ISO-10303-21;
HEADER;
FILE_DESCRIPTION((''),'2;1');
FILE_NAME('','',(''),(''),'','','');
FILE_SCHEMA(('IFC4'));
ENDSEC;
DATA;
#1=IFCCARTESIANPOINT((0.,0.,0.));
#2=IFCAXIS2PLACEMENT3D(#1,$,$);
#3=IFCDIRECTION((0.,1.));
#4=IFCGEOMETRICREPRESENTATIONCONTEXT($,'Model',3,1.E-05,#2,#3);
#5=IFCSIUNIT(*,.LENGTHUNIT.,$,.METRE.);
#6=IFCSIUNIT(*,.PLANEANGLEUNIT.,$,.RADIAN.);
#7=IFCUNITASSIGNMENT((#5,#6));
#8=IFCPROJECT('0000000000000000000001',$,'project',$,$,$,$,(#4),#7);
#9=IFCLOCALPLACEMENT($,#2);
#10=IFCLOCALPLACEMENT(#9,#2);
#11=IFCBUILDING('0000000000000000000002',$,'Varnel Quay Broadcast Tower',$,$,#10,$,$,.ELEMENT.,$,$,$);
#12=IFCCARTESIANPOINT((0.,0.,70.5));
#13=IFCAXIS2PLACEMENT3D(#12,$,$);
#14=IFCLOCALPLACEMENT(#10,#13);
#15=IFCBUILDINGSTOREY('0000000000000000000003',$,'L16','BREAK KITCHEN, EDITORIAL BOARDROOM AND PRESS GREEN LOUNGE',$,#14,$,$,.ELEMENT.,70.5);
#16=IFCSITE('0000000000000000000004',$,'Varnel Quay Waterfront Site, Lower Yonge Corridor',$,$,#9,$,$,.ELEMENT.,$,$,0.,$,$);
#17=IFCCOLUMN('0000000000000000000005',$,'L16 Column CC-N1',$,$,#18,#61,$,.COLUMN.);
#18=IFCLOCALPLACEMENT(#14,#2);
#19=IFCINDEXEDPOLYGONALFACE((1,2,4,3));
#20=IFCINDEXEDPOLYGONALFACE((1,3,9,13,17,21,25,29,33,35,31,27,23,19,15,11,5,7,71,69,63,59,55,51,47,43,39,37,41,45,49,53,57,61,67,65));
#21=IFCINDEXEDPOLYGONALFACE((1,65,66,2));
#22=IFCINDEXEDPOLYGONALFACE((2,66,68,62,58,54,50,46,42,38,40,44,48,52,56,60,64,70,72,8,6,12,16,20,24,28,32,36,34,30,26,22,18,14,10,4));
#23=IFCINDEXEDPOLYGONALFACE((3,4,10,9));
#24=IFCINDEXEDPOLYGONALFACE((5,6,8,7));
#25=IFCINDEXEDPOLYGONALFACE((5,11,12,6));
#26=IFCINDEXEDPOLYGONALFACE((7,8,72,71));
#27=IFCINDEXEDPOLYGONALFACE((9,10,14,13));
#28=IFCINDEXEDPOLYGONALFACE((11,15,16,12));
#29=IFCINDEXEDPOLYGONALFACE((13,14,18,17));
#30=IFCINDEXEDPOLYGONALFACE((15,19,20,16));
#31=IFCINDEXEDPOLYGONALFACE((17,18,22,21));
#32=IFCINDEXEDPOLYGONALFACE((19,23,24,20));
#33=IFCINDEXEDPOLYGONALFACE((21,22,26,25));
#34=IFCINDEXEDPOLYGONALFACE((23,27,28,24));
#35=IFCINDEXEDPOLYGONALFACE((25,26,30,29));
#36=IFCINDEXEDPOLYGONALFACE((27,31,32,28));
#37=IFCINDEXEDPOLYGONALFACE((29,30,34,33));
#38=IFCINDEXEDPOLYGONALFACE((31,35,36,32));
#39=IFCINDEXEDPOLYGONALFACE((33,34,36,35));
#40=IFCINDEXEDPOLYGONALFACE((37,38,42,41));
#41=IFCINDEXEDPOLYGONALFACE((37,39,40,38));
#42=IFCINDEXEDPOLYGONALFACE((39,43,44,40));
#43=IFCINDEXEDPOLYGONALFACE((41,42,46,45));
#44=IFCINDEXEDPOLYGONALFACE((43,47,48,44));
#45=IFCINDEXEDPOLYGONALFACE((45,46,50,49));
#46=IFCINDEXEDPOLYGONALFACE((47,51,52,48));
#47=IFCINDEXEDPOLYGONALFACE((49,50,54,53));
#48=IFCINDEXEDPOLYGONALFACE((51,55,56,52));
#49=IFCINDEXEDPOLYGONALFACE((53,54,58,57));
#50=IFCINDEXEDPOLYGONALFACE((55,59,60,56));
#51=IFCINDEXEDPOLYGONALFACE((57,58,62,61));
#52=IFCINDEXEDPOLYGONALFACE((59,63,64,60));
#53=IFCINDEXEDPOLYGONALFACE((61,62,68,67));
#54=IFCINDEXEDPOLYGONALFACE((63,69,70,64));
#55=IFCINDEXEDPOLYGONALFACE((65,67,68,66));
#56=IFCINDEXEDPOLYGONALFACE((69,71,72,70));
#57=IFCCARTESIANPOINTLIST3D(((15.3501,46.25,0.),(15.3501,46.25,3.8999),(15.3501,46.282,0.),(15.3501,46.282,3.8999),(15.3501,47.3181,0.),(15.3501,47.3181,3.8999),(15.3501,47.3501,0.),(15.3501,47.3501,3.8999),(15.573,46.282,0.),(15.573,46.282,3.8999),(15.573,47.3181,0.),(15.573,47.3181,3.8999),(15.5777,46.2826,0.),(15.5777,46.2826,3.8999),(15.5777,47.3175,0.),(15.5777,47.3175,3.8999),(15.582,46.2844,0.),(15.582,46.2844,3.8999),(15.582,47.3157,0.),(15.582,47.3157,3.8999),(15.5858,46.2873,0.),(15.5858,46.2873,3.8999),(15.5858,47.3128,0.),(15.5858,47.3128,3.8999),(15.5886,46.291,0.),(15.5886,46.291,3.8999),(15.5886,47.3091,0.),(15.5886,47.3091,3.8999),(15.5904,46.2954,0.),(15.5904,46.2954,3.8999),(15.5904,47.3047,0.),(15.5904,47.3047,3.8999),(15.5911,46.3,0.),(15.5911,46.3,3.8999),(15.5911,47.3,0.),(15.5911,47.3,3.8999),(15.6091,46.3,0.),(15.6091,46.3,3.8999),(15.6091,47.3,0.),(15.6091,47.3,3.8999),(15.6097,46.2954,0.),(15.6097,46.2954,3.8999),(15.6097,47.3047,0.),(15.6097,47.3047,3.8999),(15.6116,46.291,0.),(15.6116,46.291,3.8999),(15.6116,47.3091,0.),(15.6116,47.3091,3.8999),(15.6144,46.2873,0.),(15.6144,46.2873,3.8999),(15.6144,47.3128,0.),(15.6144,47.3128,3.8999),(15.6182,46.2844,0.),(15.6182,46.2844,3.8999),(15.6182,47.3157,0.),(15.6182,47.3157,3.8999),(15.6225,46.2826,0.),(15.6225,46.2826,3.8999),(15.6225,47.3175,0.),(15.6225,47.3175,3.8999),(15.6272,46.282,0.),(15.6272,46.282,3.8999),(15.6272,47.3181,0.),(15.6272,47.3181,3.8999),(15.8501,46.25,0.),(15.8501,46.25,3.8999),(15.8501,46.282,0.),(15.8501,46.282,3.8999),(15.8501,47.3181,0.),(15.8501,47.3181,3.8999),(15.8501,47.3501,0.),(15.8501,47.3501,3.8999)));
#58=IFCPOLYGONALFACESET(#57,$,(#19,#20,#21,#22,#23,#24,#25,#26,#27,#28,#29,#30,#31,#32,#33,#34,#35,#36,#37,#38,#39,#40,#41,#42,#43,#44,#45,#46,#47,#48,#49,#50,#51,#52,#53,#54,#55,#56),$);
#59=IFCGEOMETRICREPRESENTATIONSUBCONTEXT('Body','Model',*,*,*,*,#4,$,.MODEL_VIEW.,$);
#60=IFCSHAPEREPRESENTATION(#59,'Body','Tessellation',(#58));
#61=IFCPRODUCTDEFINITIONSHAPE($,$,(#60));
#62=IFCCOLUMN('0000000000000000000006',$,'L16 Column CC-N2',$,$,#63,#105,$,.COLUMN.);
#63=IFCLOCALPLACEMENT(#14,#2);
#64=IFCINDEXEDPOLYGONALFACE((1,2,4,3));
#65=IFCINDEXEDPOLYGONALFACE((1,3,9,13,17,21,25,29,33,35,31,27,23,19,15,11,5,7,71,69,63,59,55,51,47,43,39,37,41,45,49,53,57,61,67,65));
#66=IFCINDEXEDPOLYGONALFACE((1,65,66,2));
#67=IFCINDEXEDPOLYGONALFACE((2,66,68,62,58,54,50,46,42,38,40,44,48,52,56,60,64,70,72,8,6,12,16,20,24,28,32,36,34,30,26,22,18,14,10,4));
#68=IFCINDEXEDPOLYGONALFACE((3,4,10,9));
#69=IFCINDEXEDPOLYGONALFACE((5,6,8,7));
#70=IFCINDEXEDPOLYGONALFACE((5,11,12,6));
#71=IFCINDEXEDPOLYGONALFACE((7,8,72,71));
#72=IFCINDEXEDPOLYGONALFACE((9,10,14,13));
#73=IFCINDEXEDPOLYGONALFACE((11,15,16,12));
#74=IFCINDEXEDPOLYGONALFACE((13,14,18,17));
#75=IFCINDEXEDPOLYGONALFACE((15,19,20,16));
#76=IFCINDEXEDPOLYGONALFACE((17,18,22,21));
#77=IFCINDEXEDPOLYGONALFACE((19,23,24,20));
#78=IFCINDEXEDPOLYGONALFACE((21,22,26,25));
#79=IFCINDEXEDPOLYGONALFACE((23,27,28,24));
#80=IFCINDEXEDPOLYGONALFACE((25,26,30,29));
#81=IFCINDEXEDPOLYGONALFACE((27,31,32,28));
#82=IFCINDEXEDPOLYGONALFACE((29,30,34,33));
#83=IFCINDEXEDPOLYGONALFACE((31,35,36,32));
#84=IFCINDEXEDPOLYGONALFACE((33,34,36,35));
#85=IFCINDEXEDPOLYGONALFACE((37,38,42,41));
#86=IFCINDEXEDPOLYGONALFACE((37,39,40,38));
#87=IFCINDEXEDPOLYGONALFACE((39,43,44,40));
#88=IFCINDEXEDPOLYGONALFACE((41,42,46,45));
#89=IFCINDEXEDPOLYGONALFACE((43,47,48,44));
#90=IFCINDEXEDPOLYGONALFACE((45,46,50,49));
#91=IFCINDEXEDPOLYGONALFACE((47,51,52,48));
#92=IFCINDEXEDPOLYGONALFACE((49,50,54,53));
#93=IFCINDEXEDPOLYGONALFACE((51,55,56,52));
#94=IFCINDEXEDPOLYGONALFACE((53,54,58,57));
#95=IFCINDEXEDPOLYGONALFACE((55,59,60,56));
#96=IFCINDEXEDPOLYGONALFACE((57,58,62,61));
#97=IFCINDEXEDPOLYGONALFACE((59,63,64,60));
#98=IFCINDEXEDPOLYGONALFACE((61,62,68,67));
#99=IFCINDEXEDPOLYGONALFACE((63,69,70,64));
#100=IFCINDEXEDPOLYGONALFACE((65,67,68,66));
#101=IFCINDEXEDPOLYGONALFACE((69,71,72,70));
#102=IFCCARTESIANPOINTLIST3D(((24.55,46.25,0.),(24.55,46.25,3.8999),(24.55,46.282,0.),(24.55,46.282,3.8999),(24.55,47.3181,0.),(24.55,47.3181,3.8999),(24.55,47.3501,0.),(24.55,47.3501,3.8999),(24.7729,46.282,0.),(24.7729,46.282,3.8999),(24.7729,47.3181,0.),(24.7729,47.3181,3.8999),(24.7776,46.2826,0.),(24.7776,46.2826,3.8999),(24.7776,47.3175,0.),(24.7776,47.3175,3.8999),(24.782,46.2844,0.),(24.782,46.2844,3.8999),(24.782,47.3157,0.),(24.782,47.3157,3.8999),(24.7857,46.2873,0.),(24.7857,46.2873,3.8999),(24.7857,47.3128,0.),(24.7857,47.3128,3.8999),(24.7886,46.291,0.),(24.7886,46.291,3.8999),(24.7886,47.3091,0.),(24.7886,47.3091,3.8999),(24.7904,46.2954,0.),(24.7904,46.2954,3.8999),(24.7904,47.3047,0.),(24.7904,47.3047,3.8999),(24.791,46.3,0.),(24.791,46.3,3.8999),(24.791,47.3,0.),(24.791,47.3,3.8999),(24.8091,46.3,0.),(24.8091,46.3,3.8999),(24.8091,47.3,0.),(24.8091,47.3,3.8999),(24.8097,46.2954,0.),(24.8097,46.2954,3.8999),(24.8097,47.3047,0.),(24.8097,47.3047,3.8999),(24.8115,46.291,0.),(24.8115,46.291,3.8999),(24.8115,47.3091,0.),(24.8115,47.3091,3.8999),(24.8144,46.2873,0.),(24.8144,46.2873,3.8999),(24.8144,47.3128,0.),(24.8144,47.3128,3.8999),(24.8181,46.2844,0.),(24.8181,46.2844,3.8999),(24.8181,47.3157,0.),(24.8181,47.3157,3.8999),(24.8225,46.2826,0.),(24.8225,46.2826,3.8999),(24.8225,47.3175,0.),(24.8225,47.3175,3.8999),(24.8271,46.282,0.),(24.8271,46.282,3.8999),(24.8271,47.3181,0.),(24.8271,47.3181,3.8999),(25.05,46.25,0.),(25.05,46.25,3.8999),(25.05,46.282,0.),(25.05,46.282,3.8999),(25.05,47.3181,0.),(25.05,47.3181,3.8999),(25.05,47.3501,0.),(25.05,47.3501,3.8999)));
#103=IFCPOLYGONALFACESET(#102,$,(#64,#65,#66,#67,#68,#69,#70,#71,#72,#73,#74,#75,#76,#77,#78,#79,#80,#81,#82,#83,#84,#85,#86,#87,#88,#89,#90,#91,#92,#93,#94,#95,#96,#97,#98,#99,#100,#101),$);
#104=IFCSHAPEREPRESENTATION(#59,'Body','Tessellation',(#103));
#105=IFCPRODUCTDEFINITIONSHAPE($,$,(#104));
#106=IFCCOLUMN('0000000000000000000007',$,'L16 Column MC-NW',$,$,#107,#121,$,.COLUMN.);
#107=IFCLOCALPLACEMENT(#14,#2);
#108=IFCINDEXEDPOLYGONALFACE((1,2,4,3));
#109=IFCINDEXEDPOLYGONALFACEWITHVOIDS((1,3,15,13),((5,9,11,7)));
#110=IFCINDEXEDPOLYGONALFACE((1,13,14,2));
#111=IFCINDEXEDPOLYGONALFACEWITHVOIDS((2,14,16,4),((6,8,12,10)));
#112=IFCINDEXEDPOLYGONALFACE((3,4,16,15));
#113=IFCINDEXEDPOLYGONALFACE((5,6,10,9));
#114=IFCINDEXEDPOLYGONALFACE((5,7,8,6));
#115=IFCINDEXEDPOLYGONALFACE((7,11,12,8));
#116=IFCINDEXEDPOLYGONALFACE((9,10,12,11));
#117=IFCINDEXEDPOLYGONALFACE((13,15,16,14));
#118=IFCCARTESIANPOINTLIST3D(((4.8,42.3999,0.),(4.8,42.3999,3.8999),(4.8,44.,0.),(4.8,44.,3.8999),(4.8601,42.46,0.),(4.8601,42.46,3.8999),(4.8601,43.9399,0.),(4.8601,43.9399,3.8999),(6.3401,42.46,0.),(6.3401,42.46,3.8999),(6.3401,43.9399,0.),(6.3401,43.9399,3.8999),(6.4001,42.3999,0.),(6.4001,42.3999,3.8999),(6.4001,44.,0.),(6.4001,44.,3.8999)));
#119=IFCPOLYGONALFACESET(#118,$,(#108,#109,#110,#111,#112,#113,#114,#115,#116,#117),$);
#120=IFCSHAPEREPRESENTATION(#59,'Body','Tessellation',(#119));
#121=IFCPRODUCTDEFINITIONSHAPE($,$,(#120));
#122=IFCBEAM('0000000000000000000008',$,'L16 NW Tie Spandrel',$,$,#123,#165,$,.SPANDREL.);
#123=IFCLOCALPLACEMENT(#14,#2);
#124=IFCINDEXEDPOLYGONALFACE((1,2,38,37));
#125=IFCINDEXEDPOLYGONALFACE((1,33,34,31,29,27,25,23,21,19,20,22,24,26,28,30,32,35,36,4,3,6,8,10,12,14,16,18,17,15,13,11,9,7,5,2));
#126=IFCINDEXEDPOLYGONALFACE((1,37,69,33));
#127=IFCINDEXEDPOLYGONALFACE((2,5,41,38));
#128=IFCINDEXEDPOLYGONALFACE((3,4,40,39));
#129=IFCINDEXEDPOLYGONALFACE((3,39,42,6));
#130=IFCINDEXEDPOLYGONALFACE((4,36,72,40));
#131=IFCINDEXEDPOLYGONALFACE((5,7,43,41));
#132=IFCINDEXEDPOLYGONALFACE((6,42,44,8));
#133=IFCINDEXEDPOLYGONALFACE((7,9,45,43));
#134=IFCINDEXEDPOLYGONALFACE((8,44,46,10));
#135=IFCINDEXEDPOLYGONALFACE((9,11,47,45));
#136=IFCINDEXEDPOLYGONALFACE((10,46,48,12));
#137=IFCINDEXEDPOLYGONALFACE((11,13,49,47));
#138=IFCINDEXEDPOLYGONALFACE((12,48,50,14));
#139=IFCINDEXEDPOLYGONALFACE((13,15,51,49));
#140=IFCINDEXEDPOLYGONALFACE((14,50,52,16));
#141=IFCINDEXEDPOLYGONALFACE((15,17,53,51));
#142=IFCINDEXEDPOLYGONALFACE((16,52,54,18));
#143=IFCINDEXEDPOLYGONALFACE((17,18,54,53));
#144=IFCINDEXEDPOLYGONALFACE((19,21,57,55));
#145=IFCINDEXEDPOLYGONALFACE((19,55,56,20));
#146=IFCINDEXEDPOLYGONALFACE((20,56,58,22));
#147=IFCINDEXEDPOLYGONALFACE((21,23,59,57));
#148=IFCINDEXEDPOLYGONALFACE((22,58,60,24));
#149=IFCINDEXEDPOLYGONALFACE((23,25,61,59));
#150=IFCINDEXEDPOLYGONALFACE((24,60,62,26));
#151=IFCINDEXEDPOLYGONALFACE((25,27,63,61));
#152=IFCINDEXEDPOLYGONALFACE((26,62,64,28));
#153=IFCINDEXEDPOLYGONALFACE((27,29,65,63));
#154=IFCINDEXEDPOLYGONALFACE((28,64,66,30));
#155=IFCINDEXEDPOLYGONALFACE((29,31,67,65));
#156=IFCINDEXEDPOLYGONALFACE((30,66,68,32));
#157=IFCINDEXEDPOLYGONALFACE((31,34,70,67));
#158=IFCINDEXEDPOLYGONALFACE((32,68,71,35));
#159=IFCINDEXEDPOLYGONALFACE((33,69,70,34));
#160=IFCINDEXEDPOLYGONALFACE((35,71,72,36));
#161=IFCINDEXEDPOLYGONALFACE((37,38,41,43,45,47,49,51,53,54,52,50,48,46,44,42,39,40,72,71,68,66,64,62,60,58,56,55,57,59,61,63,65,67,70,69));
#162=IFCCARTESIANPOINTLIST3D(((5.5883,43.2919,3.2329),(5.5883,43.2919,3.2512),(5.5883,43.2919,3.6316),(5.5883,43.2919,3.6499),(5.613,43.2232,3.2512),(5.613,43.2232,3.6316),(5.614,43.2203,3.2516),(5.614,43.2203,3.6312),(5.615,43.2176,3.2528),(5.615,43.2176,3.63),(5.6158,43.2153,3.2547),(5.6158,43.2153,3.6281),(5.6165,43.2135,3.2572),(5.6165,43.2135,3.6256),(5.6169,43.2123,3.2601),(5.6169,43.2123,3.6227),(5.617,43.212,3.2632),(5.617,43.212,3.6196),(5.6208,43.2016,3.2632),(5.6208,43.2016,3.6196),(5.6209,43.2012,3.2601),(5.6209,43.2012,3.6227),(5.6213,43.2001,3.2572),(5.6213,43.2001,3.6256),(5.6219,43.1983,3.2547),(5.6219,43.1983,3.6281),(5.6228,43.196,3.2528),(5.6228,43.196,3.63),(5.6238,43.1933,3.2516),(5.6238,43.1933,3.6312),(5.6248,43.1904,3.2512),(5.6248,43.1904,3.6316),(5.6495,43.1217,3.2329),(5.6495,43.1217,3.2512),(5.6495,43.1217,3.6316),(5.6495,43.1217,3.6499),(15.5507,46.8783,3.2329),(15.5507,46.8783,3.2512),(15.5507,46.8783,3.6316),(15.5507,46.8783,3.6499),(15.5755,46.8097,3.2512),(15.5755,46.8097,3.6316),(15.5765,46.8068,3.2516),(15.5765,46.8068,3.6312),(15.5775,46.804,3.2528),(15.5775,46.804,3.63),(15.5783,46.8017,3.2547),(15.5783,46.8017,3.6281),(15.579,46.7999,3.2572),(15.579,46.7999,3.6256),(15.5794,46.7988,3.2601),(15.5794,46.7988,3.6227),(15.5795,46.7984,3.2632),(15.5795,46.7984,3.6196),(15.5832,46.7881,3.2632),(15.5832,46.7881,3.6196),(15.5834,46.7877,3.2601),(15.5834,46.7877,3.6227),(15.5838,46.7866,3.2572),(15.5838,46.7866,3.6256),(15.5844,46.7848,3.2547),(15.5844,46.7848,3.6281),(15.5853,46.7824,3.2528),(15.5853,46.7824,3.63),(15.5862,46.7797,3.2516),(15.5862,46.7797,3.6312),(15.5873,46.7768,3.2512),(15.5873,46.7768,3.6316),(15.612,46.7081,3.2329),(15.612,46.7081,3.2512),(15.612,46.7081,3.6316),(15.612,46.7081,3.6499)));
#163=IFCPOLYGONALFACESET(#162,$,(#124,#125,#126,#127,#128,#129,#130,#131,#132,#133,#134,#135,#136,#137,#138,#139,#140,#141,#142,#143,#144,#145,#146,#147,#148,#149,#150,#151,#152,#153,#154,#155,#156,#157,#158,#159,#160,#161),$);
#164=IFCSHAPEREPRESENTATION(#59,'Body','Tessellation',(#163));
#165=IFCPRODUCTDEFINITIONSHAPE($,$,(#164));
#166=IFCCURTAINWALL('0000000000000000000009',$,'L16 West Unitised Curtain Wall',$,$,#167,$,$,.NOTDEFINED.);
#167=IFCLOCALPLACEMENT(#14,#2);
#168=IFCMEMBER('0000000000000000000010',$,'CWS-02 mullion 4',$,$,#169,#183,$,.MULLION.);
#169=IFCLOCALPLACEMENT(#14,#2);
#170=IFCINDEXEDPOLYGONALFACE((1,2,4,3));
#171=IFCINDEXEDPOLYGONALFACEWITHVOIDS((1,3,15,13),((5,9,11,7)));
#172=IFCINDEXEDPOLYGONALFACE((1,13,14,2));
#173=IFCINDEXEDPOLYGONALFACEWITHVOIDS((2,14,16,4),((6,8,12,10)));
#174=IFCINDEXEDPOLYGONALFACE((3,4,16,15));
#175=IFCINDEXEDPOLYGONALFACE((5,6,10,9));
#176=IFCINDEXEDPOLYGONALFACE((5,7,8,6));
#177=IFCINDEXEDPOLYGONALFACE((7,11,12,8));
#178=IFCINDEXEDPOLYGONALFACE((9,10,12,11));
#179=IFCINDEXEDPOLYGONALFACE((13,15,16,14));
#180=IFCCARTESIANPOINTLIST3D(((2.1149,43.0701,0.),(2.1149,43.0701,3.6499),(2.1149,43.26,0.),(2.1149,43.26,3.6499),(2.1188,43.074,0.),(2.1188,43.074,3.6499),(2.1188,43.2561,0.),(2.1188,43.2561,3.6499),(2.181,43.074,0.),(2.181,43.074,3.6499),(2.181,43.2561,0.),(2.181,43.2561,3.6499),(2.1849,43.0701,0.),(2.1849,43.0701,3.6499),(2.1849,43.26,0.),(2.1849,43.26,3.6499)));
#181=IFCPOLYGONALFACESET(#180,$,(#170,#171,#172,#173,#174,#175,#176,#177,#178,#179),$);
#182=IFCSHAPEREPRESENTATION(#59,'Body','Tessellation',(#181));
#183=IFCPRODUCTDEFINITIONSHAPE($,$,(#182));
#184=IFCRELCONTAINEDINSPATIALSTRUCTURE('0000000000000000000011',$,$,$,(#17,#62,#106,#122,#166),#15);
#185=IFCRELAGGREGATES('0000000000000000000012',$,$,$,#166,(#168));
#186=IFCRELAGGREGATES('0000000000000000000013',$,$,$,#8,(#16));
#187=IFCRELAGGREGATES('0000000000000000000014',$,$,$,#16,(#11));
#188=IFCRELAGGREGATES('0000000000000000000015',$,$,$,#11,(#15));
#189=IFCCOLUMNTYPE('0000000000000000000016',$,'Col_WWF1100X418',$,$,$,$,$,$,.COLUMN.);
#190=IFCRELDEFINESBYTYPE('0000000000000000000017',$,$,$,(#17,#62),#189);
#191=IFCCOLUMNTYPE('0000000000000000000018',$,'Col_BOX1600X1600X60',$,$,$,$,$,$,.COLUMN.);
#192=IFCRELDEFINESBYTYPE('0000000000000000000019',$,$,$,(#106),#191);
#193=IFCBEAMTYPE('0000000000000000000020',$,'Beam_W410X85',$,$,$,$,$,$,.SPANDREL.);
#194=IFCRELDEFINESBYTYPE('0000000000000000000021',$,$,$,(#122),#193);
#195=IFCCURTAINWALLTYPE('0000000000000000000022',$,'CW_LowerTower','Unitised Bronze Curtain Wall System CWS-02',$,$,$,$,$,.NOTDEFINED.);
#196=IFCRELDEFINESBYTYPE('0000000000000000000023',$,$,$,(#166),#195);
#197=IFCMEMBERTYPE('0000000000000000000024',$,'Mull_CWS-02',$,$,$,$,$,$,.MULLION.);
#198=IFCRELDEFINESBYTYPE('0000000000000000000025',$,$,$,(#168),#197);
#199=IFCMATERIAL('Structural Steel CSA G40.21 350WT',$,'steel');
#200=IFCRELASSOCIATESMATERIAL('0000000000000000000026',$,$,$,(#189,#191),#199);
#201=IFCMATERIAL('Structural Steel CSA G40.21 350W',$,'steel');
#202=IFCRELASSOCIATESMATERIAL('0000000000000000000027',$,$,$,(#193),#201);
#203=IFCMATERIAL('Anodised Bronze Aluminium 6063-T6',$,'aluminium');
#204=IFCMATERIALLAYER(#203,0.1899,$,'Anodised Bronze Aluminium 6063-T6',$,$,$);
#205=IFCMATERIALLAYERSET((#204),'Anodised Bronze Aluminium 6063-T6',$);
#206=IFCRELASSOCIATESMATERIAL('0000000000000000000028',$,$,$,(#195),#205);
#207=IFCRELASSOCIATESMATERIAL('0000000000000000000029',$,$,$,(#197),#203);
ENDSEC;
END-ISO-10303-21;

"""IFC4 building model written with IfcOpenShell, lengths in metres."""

from ifc_helpers import new_model, si_unit, direction, frame, origin, origin_2d, place, context, subcontext, project, spatial, hollow_rectangle, i_section, extrude, source, transform, mapped, material, layer, layer_set, material_profile, profile_set, type_object, type_shapes, element, aggregate, save


model = new_model("IFC4")

# Units and contexts
model_context = context("Model", 3, precision=1e-05, world=origin(), true_north=direction((0.0, 1.0)))
body_context = subcontext(model_context, "Body", "Model", "MODEL_VIEW")
ifc_project = project(units=[si_unit("LENGTHUNIT", "METRE"), si_unit("PLANEANGLEUNIT", "RADIAN")], contexts=[model_context])

# Site, building, storey
site_placement = place(None, origin())
site = spatial("IfcSite", under=ifc_project, at=site_placement, Name="Varnel Quay Waterfront Site, Lower Yonge Corridor", CompositionType="ELEMENT", RefElevation=0.0)
building_placement = place(site_placement, origin())
building = spatial("IfcBuilding", under=site, at=building_placement, Name="Varnel Quay Broadcast Tower", CompositionType="ELEMENT")
storey_placement = place(building_placement, frame((0.0, 0.0, 70.5)))
storey = spatial("IfcBuildingStorey", under=building, at=storey_placement, Name="L16", Description="BREAK KITCHEN, EDITORIAL BOARDROOM AND PRESS GREEN LOUNGE", CompositionType="ELEMENT", Elevation=70.5)

# Columns
ifc_material_1 = material(Name="Structural Steel CSA G40.21 350WT", Category="steel")
ifc_material_profile_1 = material_profile(ifc_material_1, i_section(OverallWidth=0.5, OverallDepth=1.1001, WebThickness=0.0181, FlangeThickness=0.032, FilletRadius=0.0181, at=origin_2d()), Name="WWF1100X418")
ifc_profile_set_1 = profile_set([ifc_material_profile_1], Name="Structural Steel CSA G40.21 350WT")
column_type_1 = type_object("IfcColumnType", Name="Col_WWF1100X418", PredefinedType="COLUMN", material=ifc_profile_set_1)
shared_shape_1 = source(origin(), body_context, "Body", "SweptSolid", [
    extrude(i_section(OverallWidth=0.5, OverallDepth=1.1001, WebThickness=0.0181, FlangeThickness=0.032, FilletRadius=0.0181, at=origin_2d()), origin(), (0.0, 0.0, 1.0), 3.8999),
])
type_shapes(column_type_1, [shared_shape_1])
for number, where, z_axis, x_axis, name in (
    (1, (15.6001, 46.8, 0.0), (0.0, 0.0, 1.0), (1.0, 0.0, 0.0), "L16 Column CC-N1"),
    (2, (24.8, 46.8, 0.0), (0.0, 0.0, 1.0), (1.0, 0.0, 0.0), "L16 Column CC-N2"),
):
    element("IfcColumn", number, at=place(storey_placement, frame(where, z_axis=z_axis, x_axis=x_axis)), inside=storey, type_object=column_type_1, Name=name, PredefinedType="COLUMN", context=body_context, shape_type="MappedRepresentation", body=[
        mapped(shared_shape_1, transform((0.0, 0.0, 0.0), x_axis=(1.0, 0.0, 0.0), y_axis=(0.0, 1.0, 0.0), z_axis=(0.0, 0.0, 1.0), scale=1.0)),
    ])
ifc_material_profile_2 = material_profile(ifc_material_1, hollow_rectangle(XDim=1.6001, YDim=1.6001, WallThickness=0.0601, at=origin_2d()), Name="BOX1600X1600X60")
ifc_profile_set_2 = profile_set([ifc_material_profile_2], Name="Structural Steel CSA G40.21 350WT")
column_type_2 = type_object("IfcColumnType", Name="Col_BOX1600X1600X60", PredefinedType="COLUMN", material=ifc_profile_set_2)
shared_shape_2 = source(origin(), body_context, "Body", "SweptSolid", [
    extrude(hollow_rectangle(XDim=1.6001, YDim=1.6001, WallThickness=0.0601, at=origin_2d()), origin(), (0.0, 0.0, 1.0), 3.8999),
])
type_shapes(column_type_2, [shared_shape_2])
column_placement = place(storey_placement, frame((5.6001, 43.2, 0.0), z_axis=(0.0, 0.0, 1.0), x_axis=(1.0, 0.0, 0.0)))
element("IfcColumn", 3, at=column_placement, inside=storey, type_object=column_type_2, Name="L16 Column MC-NW", PredefinedType="COLUMN", context=body_context, shape_type="MappedRepresentation", body=[
    mapped(shared_shape_2, transform((0.0, 0.0, 0.0), x_axis=(1.0, 0.0, 0.0), y_axis=(0.0, 1.0, 0.0), z_axis=(0.0, 0.0, 1.0), scale=1.0)),
])

# Beam
ifc_material_2 = material(Name="Structural Steel CSA G40.21 350W", Category="steel")
ifc_material_profile_3 = material_profile(ifc_material_2, i_section(OverallWidth=0.1809, OverallDepth=0.417, WebThickness=0.011, FlangeThickness=0.0183, FilletRadius=0.012, at=origin_2d()), Name="W410X85")
ifc_profile_set_3 = profile_set([ifc_material_profile_3], Name="Structural Steel CSA G40.21 350W")
beam_type = type_object("IfcBeamType", Name="Beam_W410X85", PredefinedType="SPANDREL", material=ifc_profile_set_3)
shared_shape_3 = source(origin(), body_context, "Body", "SweptSolid", [
    extrude(i_section(OverallWidth=0.1809, OverallDepth=0.417, WebThickness=0.011, FlangeThickness=0.0183, FilletRadius=0.012, at=origin_2d()), origin(), (0.0, 0.0, 1.0), 10.5884),
])
type_shapes(beam_type, [shared_shape_3])
beam_placement = place(storey_placement, frame((5.6189, 43.2068, 3.4414), z_axis=(0.940889, 0.338716, 0.0), x_axis=(-0.338716, 0.940889, 0.0)))
element("IfcBeam", 4, at=beam_placement, inside=storey, type_object=beam_type, Name="L16 NW Tie Spandrel", PredefinedType="SPANDREL", context=body_context, shape_type="MappedRepresentation", body=[
    mapped(shared_shape_3, transform((0.0, 0.0, 0.0), x_axis=(1.0, 0.0, 0.0), y_axis=(0.0, 1.0, 0.0), z_axis=(0.0, 0.0, 1.0), scale=1.0)),
])

# Curtain wall, member
ifc_material_3 = material(Name="Anodised Bronze Aluminium 6063-T6", Category="aluminium")
ifc_layer_1 = layer(ifc_material_3, 0.1899, Name="Anodised Bronze Aluminium 6063-T6")
ifc_layer_set_1 = layer_set([ifc_layer_1], Name="Anodised Bronze Aluminium 6063-T6")
curtain_wall_type = type_object("IfcCurtainWallType", Name="CW_LowerTower", Description="Unitised Bronze Curtain Wall System CWS-02", PredefinedType="NOTDEFINED", material=ifc_layer_set_1)
curtain_wall_1_placement = place(storey_placement, origin())
curtain_wall_1 = element("IfcCurtainWall", 5, at=curtain_wall_1_placement, inside=storey, type_object=curtain_wall_type, Name="L16 West Unitised Curtain Wall", PredefinedType="NOTDEFINED")
ifc_material_profile_4 = material_profile(ifc_material_3, hollow_rectangle(XDim=0.0701, YDim=0.1899, WallThickness=0.0039, at=origin_2d()), Name="ALU70X190X4")
ifc_profile_set_4 = profile_set([ifc_material_profile_4], Name="Anodised Bronze Aluminium 6063-T6")
member_type_1 = type_object("IfcMemberType", Name="Mull_CWS-02", PredefinedType="MULLION", material=ifc_profile_set_4)
shared_shape_4 = source(origin(), body_context, "Body", "SweptSolid", [
    extrude(hollow_rectangle(XDim=0.0701, YDim=0.1899, WallThickness=0.0039, at=origin_2d()), origin(), (0.0, 0.0, 1.0), 3.6499),
])
type_shapes(member_type_1, [shared_shape_4])
member_1_placement = place(storey_placement, frame((2.1499, 43.165, 0.0), z_axis=(0.0, 0.0, 1.0), x_axis=(-1.0, 0.0, 0.0)))
member_1 = element("IfcMember", 6, at=member_1_placement, type_object=member_type_1, Name="CWS-02 mullion 4", PredefinedType="MULLION", context=body_context, shape_type="MappedRepresentation", body=[
    mapped(shared_shape_4, transform((0.0, 0.0, 0.0), x_axis=(1.0, 0.0, 0.0), y_axis=(0.0, 1.0, 0.0), z_axis=(0.0, 0.0, 1.0), scale=1.0)),
])

aggregate(curtain_wall_1, [member_1])

save(model, "model.ifc")
